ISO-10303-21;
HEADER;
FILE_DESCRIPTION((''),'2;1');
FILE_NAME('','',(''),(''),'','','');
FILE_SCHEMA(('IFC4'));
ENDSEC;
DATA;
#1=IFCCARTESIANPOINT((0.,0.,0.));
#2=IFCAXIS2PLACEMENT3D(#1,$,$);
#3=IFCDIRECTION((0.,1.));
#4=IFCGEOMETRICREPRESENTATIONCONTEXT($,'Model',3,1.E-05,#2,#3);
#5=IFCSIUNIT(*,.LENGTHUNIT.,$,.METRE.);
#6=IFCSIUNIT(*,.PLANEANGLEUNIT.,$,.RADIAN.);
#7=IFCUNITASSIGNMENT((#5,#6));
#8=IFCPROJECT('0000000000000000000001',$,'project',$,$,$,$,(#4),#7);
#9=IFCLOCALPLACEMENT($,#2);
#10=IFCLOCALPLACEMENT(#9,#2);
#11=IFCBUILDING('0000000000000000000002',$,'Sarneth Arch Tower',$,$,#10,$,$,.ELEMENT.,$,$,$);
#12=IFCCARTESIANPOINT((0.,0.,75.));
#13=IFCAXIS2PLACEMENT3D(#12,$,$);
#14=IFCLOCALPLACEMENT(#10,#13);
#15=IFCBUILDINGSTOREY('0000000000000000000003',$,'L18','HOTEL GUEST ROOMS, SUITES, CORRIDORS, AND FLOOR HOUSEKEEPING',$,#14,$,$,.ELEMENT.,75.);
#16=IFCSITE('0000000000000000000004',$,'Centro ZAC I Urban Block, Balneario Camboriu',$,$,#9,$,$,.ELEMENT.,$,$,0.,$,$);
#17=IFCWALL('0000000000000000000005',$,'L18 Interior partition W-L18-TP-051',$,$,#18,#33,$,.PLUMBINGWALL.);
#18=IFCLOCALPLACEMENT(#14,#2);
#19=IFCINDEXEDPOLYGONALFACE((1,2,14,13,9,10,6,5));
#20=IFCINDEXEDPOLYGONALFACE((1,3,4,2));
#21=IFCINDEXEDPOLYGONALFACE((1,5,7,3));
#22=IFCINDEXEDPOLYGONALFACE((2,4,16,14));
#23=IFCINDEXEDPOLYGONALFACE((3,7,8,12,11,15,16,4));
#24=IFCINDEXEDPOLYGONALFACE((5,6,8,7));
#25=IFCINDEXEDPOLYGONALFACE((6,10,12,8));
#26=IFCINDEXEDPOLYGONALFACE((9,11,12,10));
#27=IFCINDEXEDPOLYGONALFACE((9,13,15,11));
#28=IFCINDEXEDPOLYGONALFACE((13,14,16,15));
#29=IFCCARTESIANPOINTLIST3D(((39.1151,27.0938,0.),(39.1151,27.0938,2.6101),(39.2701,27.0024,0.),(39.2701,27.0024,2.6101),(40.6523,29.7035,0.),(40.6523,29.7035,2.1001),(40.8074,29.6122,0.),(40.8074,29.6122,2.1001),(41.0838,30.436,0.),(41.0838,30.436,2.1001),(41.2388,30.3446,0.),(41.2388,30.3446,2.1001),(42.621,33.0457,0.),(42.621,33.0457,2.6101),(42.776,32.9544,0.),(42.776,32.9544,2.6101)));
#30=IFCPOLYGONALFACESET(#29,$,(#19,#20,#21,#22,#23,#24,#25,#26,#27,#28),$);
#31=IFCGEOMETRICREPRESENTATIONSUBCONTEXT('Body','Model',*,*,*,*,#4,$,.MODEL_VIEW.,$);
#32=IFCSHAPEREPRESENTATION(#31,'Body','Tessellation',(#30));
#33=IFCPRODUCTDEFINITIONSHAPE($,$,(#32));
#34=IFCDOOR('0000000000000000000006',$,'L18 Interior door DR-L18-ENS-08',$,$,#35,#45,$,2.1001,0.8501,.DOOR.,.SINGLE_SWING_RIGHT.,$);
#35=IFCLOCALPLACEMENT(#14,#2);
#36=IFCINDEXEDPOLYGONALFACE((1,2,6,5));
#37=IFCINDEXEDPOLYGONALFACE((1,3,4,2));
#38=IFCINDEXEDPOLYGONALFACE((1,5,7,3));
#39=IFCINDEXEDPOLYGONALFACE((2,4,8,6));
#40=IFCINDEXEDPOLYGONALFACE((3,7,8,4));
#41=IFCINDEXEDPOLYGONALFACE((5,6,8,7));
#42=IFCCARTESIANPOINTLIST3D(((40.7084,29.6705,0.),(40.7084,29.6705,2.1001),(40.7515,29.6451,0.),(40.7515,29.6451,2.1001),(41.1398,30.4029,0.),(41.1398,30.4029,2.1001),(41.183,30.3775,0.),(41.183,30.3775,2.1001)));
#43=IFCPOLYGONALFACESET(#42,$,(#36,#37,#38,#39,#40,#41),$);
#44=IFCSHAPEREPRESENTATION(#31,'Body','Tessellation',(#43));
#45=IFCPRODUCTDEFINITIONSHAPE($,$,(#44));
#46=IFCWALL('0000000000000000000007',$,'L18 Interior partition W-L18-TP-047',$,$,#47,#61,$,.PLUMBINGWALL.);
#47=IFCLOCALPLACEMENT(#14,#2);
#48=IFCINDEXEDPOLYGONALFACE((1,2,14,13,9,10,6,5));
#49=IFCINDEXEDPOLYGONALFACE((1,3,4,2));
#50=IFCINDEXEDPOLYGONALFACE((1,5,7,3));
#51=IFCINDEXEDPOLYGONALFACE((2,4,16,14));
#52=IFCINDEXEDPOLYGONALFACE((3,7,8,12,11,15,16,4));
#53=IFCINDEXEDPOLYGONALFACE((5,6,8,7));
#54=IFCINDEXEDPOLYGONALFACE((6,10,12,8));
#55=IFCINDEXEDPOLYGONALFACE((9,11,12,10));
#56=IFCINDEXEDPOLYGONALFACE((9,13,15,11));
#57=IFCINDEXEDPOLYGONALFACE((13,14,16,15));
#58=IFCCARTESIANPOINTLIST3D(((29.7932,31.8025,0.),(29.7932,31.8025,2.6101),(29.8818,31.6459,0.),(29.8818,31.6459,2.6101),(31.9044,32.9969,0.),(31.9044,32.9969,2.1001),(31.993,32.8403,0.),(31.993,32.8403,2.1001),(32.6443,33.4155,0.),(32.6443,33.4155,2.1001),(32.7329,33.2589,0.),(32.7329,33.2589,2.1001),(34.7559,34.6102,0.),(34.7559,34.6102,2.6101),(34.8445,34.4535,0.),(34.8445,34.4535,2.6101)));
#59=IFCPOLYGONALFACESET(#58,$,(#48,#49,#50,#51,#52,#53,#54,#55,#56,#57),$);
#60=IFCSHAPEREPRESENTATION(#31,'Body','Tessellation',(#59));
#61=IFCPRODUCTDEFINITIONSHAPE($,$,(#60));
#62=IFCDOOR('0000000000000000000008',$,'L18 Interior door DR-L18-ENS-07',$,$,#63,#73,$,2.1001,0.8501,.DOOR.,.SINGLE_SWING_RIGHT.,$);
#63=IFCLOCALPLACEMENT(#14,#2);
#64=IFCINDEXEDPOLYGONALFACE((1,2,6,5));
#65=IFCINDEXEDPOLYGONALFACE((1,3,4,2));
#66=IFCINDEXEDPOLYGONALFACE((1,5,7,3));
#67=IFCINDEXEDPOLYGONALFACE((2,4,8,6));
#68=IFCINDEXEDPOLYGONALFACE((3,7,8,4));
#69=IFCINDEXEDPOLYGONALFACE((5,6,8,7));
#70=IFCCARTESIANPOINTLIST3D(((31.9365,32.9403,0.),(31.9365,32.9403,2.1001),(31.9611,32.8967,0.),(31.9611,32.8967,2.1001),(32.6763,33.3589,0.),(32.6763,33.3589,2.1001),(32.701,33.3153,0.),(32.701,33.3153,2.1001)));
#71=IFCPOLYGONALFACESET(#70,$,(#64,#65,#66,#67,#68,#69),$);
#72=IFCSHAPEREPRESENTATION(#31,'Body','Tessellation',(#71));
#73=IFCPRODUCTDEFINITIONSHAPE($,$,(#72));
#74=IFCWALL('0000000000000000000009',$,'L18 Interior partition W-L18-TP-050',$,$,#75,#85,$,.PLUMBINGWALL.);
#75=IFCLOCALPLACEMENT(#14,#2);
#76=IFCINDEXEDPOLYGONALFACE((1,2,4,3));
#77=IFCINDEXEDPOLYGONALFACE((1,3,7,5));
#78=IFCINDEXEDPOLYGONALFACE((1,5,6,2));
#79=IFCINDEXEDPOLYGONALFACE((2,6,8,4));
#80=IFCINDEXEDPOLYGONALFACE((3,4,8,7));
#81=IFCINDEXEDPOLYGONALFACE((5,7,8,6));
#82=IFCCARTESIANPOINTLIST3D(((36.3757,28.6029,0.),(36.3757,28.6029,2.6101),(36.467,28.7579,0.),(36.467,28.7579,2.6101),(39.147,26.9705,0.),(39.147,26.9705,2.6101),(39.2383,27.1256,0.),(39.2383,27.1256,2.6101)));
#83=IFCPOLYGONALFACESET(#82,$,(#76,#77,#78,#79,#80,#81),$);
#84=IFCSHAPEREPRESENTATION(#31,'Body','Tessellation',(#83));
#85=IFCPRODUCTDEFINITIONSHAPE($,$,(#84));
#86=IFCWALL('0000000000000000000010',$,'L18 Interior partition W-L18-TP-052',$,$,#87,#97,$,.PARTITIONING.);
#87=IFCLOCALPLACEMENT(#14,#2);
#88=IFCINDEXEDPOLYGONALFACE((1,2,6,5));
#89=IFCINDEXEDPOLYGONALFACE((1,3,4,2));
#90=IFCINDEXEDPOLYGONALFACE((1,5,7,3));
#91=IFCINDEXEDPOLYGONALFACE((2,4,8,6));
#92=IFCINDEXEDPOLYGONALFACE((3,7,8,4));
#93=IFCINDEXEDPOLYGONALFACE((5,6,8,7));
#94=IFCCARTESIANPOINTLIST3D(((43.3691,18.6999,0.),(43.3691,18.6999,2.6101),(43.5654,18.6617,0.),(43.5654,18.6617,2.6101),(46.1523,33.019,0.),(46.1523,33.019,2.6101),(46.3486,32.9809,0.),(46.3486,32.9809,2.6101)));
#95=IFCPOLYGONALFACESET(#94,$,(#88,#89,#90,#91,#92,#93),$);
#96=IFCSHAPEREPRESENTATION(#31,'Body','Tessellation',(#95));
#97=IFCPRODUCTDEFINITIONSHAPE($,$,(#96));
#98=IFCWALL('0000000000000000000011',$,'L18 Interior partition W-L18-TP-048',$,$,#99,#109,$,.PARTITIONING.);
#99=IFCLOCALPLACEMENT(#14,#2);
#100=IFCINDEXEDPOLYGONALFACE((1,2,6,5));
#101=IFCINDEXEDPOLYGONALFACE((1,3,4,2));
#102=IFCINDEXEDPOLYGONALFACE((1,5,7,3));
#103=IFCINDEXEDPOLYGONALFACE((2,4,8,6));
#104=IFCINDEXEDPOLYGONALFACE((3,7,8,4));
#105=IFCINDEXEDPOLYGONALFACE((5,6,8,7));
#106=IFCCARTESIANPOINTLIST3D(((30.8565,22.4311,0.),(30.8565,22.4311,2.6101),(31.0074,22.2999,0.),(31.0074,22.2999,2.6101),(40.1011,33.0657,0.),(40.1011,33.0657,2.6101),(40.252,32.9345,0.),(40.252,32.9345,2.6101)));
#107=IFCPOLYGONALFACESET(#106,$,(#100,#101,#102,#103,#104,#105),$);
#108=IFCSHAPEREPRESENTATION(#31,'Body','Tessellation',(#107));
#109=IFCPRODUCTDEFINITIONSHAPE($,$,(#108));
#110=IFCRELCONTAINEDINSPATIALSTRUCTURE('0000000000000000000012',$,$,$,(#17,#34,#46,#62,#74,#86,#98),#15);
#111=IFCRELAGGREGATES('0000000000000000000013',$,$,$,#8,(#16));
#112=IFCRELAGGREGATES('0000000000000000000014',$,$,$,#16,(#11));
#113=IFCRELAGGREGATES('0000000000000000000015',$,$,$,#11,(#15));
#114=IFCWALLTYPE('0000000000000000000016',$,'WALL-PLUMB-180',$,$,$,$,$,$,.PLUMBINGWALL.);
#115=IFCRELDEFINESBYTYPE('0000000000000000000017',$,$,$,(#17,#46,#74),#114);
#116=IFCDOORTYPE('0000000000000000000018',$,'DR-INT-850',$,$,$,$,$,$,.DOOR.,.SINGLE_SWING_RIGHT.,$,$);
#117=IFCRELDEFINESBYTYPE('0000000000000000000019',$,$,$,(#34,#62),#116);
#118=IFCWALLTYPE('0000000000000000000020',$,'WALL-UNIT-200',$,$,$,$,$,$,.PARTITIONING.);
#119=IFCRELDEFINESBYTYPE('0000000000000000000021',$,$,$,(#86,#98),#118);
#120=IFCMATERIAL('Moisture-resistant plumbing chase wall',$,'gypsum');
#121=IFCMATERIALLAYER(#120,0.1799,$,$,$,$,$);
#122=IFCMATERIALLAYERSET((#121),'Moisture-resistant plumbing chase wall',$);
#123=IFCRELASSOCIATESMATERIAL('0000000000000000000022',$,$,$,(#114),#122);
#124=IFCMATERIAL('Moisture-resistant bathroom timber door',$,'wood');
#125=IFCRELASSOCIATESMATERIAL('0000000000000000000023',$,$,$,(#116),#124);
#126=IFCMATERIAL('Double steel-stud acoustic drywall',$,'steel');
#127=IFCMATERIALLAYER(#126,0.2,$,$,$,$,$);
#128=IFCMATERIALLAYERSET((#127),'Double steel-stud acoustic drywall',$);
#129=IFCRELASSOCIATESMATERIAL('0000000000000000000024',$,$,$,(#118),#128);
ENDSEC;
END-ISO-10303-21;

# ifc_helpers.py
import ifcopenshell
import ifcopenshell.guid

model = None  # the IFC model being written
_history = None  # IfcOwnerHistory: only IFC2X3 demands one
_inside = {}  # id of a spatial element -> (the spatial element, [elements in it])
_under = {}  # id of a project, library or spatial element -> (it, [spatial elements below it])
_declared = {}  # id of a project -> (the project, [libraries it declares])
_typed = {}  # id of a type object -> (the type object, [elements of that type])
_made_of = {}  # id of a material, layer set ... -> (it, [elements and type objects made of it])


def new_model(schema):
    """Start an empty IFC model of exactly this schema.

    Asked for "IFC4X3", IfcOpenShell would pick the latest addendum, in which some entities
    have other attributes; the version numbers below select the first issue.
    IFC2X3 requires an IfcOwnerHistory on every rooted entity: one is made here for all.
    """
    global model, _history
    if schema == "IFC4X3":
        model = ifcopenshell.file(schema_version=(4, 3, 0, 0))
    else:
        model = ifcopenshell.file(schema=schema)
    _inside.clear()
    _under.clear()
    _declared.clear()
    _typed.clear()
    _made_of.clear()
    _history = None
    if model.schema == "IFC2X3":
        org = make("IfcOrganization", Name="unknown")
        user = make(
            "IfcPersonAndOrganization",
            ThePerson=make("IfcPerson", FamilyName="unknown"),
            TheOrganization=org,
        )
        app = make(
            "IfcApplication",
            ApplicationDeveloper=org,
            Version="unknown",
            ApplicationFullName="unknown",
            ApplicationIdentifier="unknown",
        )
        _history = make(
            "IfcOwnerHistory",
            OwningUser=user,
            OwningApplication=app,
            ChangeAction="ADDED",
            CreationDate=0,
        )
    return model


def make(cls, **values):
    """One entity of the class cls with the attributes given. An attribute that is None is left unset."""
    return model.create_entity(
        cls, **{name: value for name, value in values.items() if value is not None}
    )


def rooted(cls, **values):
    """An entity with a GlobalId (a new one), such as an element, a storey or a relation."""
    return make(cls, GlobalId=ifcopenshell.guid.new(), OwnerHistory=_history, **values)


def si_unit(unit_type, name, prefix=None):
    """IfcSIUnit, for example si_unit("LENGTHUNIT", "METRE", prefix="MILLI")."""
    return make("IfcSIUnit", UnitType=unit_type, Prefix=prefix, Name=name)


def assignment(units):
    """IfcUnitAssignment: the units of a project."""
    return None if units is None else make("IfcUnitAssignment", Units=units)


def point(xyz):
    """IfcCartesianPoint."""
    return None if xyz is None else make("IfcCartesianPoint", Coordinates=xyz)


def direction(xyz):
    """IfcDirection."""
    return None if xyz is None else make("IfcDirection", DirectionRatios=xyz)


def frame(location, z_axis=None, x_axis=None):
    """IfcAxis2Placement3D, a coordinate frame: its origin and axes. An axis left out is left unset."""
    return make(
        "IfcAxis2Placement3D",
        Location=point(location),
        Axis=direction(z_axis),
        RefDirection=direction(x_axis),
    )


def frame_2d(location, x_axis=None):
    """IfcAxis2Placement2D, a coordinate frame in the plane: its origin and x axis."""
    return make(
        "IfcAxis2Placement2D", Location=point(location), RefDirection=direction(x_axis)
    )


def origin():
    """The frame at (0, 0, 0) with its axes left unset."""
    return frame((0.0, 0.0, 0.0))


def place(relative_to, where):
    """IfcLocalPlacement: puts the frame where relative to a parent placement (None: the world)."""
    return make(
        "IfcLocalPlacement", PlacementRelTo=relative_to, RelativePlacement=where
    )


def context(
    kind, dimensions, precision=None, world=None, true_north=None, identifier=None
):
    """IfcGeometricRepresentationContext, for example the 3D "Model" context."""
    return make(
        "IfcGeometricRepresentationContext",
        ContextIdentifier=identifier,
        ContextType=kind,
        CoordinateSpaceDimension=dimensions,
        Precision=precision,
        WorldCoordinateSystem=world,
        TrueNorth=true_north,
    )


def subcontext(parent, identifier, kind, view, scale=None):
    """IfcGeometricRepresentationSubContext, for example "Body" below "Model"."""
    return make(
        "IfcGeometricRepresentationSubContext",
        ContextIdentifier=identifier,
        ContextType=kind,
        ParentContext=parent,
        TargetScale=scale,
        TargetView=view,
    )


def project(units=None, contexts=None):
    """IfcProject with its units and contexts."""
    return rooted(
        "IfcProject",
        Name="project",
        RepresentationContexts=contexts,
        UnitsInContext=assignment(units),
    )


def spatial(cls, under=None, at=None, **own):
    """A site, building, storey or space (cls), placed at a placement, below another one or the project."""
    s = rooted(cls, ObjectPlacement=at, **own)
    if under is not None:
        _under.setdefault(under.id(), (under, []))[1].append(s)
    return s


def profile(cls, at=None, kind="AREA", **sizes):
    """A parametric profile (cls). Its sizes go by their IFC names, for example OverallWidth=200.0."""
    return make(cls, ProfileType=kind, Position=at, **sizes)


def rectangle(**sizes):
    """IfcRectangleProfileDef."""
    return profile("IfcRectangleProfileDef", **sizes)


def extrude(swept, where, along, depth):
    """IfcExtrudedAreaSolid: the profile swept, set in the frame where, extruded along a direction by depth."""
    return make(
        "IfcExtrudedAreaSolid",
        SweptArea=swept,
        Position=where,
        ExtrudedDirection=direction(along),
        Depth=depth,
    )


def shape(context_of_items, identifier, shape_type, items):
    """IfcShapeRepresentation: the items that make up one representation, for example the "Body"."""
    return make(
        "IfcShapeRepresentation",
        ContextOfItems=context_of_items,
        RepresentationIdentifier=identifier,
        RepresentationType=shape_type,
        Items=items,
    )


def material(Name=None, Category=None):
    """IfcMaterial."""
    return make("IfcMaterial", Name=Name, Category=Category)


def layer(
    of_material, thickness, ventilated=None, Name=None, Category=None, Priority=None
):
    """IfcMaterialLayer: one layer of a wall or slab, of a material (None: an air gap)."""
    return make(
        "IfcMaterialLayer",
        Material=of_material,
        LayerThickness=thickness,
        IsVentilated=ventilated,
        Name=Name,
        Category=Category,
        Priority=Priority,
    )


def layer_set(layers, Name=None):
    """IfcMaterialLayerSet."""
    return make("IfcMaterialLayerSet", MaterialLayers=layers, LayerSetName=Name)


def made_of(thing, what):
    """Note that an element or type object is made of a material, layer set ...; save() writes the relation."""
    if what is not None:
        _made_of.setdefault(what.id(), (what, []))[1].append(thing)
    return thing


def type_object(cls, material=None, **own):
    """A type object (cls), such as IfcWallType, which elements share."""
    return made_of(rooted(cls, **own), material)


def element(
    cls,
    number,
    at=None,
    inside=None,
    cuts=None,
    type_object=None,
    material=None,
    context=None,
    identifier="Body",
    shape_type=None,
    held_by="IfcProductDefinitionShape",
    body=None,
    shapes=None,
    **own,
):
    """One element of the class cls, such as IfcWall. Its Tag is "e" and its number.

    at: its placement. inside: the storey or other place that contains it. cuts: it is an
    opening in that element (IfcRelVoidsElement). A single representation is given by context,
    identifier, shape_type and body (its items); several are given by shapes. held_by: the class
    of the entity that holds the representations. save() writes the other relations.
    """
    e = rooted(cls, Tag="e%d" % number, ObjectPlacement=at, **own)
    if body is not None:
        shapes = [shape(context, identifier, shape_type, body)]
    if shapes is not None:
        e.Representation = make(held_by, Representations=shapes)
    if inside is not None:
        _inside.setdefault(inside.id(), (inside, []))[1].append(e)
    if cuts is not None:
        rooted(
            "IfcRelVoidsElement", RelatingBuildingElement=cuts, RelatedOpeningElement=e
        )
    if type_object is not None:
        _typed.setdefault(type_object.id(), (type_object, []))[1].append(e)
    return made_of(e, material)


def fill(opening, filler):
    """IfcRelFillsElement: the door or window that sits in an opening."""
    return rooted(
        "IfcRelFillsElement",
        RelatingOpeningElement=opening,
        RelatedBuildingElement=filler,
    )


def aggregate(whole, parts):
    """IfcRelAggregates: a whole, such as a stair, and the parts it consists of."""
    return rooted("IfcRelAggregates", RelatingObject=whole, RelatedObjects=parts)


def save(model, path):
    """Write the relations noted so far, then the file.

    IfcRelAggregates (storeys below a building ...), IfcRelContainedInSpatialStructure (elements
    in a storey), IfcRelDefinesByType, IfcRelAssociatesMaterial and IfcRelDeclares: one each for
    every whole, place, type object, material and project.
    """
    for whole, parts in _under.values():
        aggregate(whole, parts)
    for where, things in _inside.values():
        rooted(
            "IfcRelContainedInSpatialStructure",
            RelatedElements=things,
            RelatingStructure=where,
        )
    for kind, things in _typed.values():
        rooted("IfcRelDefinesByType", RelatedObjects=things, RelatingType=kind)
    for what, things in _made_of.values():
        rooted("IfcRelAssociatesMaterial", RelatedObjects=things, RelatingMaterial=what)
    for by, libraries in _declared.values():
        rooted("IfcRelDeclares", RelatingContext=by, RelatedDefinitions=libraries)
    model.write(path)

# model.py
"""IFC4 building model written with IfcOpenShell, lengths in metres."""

from ifc_helpers import new_model, si_unit, direction, frame, frame_2d, origin, place, context, subcontext, project, spatial, rectangle, extrude, material, layer, layer_set, type_object, element, fill, save


model = new_model("IFC4")

# Units and contexts
model_context = context("Model", 3, precision=1e-05, world=origin(), true_north=direction((0.0, 1.0)))
body_context = subcontext(model_context, "Body", "Model", "MODEL_VIEW")
ifc_project = project(units=[si_unit("LENGTHUNIT", "METRE"), si_unit("PLANEANGLEUNIT", "RADIAN")], contexts=[model_context])

# Site, building, storey
site_placement = place(None, origin())
site = spatial("IfcSite", under=ifc_project, at=site_placement, Name="Centro ZAC I Urban Block, Balneario Camboriu", CompositionType="ELEMENT", RefElevation=0.0)
building_placement = place(site_placement, origin())
building = spatial("IfcBuilding", under=site, at=building_placement, Name="Sarneth Arch Tower", CompositionType="ELEMENT")
storey_placement = place(building_placement, frame((0.0, 0.0, 75.0)))
storey = spatial("IfcBuildingStorey", under=building, at=storey_placement, Name="L18", Description="HOTEL GUEST ROOMS, SUITES, CORRIDORS, AND FLOOR HOUSEKEEPING", CompositionType="ELEMENT", Elevation=75.0)

# Walls, openings, doors
ifc_material_1 = material(Name="Moisture-resistant plumbing chase wall", Category="gypsum")
ifc_layer_1 = layer(ifc_material_1, 0.1799)
ifc_layer_set_1 = layer_set([ifc_layer_1], Name="Moisture-resistant plumbing chase wall")
wall_type_1 = type_object("IfcWallType", Name="WALL-PLUMB-180", PredefinedType="PLUMBINGWALL", material=ifc_layer_set_1)
wall_1_placement = place(storey_placement, frame((39.1926, 27.0481, 0.0), z_axis=(0.0, 0.0, 1.0), x_axis=(0.50753, 0.861634, 0.0)))
wall_1 = element("IfcWall", 1, at=wall_1_placement, inside=storey, type_object=wall_type_1, Name="L18 Interior partition W-L18-TP-051", PredefinedType="PLUMBINGWALL", context=body_context, shape_type="SweptSolid", body=[
    extrude(rectangle(XDim=6.9077, YDim=0.1799, at=frame_2d((3.4539, 0.0))), origin(), (0.0, 0.0, 1.0), 2.6101),
])
opening_1_placement = place(wall_1_placement, frame((3.0288, 0.0, 0.0)))
opening_1 = element("IfcOpeningElement", 2, at=opening_1_placement, cuts=wall_1, PredefinedType="OPENING", context=body_context, shape_type="SweptSolid", body=[
    extrude(rectangle(XDim=0.8501, YDim=2.1001, at=frame_2d((0.425, 1.05))), frame((0.0, 0.0999, 0.0), z_axis=(0.0, -1.0, 0.0), x_axis=(1.0, 0.0, 0.0)), (0.0, 0.0, 1.0), 0.2),
])
ifc_material_2 = material(Name="Moisture-resistant bathroom timber door", Category="wood")
door_type_1 = type_object("IfcDoorType", Name="DR-INT-850", OperationType="SINGLE_SWING_RIGHT", PredefinedType="DOOR", material=ifc_material_2)
door_1_placement = place(opening_1_placement, origin())
door_1 = element("IfcDoor", 3, at=door_1_placement, inside=storey, type_object=door_type_1, Name="L18 Interior door DR-L18-ENS-08", OperationType="SINGLE_SWING_RIGHT", OverallHeight=2.1001, OverallWidth=0.8501, PredefinedType="DOOR", context=body_context, shape_type="SweptSolid", body=[
    extrude(rectangle(XDim=0.8501, YDim=2.1001, at=frame_2d((0.425, 1.05))), frame((0.0, 0.0249, 0.0), z_axis=(0.0, -1.0, 0.0), x_axis=(1.0, 0.0, 0.0)), (0.0, 0.0, 1.0), 0.05),
])
fill(opening_1, door_1)
wall_2_placement = place(storey_placement, frame((29.8374, 31.7241, 0.0), z_axis=(0.0, 0.0, 1.0), x_axis=(0.870364, 0.492409, 0.0)))
wall_2 = element("IfcWall", 4, at=wall_2_placement, inside=storey, type_object=wall_type_1, Name="L18 Interior partition W-L18-TP-047", PredefinedType="PLUMBINGWALL", context=body_context, shape_type="SweptSolid", body=[
    extrude(rectangle(XDim=5.7019, YDim=0.1799, at=frame_2d((2.8511, 0.0))), origin(), (0.0, 0.0, 1.0), 2.6101),
])
opening_2_placement = place(wall_2_placement, frame((2.4258, 0.0, 0.0)))
opening_2 = element("IfcOpeningElement", 5, at=opening_2_placement, cuts=wall_2, PredefinedType="OPENING", context=body_context, shape_type="SweptSolid", body=[
    extrude(rectangle(XDim=0.8501, YDim=2.1001, at=frame_2d((0.425, 1.05))), frame((0.0, 0.0999, 0.0), z_axis=(0.0, -1.0, 0.0), x_axis=(1.0, 0.0, 0.0)), (0.0, 0.0, 1.0), 0.2),
])
door_2_placement = place(opening_2_placement, origin())
door_2 = element("IfcDoor", 6, at=door_2_placement, inside=storey, type_object=door_type_1, Name="L18 Interior door DR-L18-ENS-07", OperationType="SINGLE_SWING_RIGHT", OverallHeight=2.1001, OverallWidth=0.8501, PredefinedType="DOOR", context=body_context, shape_type="SweptSolid", body=[
    extrude(rectangle(XDim=0.8501, YDim=2.1001, at=frame_2d((0.425, 1.05))), frame((0.0, 0.0249, 0.0), z_axis=(0.0, -1.0, 0.0), x_axis=(1.0, 0.0, 0.0)), (0.0, 0.0, 1.0), 0.05),
])
fill(opening_2, door_2)

# Walls
wall_3_placement = place(storey_placement, frame((36.4214, 28.6804, 0.0), z_axis=(0.0, 0.0, 1.0), x_axis=(0.861637, -0.507524, 0.0)))
element("IfcWall", 7, at=wall_3_placement, inside=storey, type_object=wall_type_1, Name="L18 Interior partition W-L18-TP-050", PredefinedType="PLUMBINGWALL", context=body_context, shape_type="SweptSolid", body=[
    extrude(rectangle(XDim=3.2163, YDim=0.1799, at=frame_2d((1.6082, 0.0))), origin(), (0.0, 0.0, 1.0), 2.6101),
])
ifc_material_3 = material(Name="Double steel-stud acoustic drywall", Category="steel")
ifc_layer_2 = layer(ifc_material_3, 0.2)
ifc_layer_set_2 = layer_set([ifc_layer_2], Name="Double steel-stud acoustic drywall")
wall_type_2 = type_object("IfcWallType", Name="WALL-UNIT-200", PredefinedType="PARTITIONING", material=ifc_layer_set_2)
wall_4_placement = place(storey_placement, frame((43.4673, 18.6809, 0.0), z_axis=(0.0, 0.0, 1.0), x_axis=(0.190799, 0.981629, 0.0)))
element("IfcWall", 8, at=wall_4_placement, inside=storey, type_object=wall_type_2, Name="L18 Interior partition W-L18-TP-052", PredefinedType="PARTITIONING", context=body_context, shape_type="SweptSolid", body=[
    extrude(rectangle(XDim=14.5872, YDim=0.2, at=frame_2d((7.2935, 0.0))), origin(), (0.0, 0.0, 1.0), 2.6101),
])
wall_5_placement = place(storey_placement, frame((40.1765, 33.0, 0.0), z_axis=(0.0, 0.0, 1.0), x_axis=(-0.656066, -0.754703, 0.0)))
element("IfcWall", 9, at=wall_5_placement, inside=storey, type_object=wall_type_2, Name="L18 Interior partition W-L18-TP-048", PredefinedType="PARTITIONING", context=body_context, shape_type="SweptSolid", body=[
    extrude(rectangle(XDim=14.0911, YDim=0.2, at=frame_2d((7.0454, 0.0))), origin(), (0.0, 0.0, 1.0), 2.6101),
])

save(model, "model.ifc")
